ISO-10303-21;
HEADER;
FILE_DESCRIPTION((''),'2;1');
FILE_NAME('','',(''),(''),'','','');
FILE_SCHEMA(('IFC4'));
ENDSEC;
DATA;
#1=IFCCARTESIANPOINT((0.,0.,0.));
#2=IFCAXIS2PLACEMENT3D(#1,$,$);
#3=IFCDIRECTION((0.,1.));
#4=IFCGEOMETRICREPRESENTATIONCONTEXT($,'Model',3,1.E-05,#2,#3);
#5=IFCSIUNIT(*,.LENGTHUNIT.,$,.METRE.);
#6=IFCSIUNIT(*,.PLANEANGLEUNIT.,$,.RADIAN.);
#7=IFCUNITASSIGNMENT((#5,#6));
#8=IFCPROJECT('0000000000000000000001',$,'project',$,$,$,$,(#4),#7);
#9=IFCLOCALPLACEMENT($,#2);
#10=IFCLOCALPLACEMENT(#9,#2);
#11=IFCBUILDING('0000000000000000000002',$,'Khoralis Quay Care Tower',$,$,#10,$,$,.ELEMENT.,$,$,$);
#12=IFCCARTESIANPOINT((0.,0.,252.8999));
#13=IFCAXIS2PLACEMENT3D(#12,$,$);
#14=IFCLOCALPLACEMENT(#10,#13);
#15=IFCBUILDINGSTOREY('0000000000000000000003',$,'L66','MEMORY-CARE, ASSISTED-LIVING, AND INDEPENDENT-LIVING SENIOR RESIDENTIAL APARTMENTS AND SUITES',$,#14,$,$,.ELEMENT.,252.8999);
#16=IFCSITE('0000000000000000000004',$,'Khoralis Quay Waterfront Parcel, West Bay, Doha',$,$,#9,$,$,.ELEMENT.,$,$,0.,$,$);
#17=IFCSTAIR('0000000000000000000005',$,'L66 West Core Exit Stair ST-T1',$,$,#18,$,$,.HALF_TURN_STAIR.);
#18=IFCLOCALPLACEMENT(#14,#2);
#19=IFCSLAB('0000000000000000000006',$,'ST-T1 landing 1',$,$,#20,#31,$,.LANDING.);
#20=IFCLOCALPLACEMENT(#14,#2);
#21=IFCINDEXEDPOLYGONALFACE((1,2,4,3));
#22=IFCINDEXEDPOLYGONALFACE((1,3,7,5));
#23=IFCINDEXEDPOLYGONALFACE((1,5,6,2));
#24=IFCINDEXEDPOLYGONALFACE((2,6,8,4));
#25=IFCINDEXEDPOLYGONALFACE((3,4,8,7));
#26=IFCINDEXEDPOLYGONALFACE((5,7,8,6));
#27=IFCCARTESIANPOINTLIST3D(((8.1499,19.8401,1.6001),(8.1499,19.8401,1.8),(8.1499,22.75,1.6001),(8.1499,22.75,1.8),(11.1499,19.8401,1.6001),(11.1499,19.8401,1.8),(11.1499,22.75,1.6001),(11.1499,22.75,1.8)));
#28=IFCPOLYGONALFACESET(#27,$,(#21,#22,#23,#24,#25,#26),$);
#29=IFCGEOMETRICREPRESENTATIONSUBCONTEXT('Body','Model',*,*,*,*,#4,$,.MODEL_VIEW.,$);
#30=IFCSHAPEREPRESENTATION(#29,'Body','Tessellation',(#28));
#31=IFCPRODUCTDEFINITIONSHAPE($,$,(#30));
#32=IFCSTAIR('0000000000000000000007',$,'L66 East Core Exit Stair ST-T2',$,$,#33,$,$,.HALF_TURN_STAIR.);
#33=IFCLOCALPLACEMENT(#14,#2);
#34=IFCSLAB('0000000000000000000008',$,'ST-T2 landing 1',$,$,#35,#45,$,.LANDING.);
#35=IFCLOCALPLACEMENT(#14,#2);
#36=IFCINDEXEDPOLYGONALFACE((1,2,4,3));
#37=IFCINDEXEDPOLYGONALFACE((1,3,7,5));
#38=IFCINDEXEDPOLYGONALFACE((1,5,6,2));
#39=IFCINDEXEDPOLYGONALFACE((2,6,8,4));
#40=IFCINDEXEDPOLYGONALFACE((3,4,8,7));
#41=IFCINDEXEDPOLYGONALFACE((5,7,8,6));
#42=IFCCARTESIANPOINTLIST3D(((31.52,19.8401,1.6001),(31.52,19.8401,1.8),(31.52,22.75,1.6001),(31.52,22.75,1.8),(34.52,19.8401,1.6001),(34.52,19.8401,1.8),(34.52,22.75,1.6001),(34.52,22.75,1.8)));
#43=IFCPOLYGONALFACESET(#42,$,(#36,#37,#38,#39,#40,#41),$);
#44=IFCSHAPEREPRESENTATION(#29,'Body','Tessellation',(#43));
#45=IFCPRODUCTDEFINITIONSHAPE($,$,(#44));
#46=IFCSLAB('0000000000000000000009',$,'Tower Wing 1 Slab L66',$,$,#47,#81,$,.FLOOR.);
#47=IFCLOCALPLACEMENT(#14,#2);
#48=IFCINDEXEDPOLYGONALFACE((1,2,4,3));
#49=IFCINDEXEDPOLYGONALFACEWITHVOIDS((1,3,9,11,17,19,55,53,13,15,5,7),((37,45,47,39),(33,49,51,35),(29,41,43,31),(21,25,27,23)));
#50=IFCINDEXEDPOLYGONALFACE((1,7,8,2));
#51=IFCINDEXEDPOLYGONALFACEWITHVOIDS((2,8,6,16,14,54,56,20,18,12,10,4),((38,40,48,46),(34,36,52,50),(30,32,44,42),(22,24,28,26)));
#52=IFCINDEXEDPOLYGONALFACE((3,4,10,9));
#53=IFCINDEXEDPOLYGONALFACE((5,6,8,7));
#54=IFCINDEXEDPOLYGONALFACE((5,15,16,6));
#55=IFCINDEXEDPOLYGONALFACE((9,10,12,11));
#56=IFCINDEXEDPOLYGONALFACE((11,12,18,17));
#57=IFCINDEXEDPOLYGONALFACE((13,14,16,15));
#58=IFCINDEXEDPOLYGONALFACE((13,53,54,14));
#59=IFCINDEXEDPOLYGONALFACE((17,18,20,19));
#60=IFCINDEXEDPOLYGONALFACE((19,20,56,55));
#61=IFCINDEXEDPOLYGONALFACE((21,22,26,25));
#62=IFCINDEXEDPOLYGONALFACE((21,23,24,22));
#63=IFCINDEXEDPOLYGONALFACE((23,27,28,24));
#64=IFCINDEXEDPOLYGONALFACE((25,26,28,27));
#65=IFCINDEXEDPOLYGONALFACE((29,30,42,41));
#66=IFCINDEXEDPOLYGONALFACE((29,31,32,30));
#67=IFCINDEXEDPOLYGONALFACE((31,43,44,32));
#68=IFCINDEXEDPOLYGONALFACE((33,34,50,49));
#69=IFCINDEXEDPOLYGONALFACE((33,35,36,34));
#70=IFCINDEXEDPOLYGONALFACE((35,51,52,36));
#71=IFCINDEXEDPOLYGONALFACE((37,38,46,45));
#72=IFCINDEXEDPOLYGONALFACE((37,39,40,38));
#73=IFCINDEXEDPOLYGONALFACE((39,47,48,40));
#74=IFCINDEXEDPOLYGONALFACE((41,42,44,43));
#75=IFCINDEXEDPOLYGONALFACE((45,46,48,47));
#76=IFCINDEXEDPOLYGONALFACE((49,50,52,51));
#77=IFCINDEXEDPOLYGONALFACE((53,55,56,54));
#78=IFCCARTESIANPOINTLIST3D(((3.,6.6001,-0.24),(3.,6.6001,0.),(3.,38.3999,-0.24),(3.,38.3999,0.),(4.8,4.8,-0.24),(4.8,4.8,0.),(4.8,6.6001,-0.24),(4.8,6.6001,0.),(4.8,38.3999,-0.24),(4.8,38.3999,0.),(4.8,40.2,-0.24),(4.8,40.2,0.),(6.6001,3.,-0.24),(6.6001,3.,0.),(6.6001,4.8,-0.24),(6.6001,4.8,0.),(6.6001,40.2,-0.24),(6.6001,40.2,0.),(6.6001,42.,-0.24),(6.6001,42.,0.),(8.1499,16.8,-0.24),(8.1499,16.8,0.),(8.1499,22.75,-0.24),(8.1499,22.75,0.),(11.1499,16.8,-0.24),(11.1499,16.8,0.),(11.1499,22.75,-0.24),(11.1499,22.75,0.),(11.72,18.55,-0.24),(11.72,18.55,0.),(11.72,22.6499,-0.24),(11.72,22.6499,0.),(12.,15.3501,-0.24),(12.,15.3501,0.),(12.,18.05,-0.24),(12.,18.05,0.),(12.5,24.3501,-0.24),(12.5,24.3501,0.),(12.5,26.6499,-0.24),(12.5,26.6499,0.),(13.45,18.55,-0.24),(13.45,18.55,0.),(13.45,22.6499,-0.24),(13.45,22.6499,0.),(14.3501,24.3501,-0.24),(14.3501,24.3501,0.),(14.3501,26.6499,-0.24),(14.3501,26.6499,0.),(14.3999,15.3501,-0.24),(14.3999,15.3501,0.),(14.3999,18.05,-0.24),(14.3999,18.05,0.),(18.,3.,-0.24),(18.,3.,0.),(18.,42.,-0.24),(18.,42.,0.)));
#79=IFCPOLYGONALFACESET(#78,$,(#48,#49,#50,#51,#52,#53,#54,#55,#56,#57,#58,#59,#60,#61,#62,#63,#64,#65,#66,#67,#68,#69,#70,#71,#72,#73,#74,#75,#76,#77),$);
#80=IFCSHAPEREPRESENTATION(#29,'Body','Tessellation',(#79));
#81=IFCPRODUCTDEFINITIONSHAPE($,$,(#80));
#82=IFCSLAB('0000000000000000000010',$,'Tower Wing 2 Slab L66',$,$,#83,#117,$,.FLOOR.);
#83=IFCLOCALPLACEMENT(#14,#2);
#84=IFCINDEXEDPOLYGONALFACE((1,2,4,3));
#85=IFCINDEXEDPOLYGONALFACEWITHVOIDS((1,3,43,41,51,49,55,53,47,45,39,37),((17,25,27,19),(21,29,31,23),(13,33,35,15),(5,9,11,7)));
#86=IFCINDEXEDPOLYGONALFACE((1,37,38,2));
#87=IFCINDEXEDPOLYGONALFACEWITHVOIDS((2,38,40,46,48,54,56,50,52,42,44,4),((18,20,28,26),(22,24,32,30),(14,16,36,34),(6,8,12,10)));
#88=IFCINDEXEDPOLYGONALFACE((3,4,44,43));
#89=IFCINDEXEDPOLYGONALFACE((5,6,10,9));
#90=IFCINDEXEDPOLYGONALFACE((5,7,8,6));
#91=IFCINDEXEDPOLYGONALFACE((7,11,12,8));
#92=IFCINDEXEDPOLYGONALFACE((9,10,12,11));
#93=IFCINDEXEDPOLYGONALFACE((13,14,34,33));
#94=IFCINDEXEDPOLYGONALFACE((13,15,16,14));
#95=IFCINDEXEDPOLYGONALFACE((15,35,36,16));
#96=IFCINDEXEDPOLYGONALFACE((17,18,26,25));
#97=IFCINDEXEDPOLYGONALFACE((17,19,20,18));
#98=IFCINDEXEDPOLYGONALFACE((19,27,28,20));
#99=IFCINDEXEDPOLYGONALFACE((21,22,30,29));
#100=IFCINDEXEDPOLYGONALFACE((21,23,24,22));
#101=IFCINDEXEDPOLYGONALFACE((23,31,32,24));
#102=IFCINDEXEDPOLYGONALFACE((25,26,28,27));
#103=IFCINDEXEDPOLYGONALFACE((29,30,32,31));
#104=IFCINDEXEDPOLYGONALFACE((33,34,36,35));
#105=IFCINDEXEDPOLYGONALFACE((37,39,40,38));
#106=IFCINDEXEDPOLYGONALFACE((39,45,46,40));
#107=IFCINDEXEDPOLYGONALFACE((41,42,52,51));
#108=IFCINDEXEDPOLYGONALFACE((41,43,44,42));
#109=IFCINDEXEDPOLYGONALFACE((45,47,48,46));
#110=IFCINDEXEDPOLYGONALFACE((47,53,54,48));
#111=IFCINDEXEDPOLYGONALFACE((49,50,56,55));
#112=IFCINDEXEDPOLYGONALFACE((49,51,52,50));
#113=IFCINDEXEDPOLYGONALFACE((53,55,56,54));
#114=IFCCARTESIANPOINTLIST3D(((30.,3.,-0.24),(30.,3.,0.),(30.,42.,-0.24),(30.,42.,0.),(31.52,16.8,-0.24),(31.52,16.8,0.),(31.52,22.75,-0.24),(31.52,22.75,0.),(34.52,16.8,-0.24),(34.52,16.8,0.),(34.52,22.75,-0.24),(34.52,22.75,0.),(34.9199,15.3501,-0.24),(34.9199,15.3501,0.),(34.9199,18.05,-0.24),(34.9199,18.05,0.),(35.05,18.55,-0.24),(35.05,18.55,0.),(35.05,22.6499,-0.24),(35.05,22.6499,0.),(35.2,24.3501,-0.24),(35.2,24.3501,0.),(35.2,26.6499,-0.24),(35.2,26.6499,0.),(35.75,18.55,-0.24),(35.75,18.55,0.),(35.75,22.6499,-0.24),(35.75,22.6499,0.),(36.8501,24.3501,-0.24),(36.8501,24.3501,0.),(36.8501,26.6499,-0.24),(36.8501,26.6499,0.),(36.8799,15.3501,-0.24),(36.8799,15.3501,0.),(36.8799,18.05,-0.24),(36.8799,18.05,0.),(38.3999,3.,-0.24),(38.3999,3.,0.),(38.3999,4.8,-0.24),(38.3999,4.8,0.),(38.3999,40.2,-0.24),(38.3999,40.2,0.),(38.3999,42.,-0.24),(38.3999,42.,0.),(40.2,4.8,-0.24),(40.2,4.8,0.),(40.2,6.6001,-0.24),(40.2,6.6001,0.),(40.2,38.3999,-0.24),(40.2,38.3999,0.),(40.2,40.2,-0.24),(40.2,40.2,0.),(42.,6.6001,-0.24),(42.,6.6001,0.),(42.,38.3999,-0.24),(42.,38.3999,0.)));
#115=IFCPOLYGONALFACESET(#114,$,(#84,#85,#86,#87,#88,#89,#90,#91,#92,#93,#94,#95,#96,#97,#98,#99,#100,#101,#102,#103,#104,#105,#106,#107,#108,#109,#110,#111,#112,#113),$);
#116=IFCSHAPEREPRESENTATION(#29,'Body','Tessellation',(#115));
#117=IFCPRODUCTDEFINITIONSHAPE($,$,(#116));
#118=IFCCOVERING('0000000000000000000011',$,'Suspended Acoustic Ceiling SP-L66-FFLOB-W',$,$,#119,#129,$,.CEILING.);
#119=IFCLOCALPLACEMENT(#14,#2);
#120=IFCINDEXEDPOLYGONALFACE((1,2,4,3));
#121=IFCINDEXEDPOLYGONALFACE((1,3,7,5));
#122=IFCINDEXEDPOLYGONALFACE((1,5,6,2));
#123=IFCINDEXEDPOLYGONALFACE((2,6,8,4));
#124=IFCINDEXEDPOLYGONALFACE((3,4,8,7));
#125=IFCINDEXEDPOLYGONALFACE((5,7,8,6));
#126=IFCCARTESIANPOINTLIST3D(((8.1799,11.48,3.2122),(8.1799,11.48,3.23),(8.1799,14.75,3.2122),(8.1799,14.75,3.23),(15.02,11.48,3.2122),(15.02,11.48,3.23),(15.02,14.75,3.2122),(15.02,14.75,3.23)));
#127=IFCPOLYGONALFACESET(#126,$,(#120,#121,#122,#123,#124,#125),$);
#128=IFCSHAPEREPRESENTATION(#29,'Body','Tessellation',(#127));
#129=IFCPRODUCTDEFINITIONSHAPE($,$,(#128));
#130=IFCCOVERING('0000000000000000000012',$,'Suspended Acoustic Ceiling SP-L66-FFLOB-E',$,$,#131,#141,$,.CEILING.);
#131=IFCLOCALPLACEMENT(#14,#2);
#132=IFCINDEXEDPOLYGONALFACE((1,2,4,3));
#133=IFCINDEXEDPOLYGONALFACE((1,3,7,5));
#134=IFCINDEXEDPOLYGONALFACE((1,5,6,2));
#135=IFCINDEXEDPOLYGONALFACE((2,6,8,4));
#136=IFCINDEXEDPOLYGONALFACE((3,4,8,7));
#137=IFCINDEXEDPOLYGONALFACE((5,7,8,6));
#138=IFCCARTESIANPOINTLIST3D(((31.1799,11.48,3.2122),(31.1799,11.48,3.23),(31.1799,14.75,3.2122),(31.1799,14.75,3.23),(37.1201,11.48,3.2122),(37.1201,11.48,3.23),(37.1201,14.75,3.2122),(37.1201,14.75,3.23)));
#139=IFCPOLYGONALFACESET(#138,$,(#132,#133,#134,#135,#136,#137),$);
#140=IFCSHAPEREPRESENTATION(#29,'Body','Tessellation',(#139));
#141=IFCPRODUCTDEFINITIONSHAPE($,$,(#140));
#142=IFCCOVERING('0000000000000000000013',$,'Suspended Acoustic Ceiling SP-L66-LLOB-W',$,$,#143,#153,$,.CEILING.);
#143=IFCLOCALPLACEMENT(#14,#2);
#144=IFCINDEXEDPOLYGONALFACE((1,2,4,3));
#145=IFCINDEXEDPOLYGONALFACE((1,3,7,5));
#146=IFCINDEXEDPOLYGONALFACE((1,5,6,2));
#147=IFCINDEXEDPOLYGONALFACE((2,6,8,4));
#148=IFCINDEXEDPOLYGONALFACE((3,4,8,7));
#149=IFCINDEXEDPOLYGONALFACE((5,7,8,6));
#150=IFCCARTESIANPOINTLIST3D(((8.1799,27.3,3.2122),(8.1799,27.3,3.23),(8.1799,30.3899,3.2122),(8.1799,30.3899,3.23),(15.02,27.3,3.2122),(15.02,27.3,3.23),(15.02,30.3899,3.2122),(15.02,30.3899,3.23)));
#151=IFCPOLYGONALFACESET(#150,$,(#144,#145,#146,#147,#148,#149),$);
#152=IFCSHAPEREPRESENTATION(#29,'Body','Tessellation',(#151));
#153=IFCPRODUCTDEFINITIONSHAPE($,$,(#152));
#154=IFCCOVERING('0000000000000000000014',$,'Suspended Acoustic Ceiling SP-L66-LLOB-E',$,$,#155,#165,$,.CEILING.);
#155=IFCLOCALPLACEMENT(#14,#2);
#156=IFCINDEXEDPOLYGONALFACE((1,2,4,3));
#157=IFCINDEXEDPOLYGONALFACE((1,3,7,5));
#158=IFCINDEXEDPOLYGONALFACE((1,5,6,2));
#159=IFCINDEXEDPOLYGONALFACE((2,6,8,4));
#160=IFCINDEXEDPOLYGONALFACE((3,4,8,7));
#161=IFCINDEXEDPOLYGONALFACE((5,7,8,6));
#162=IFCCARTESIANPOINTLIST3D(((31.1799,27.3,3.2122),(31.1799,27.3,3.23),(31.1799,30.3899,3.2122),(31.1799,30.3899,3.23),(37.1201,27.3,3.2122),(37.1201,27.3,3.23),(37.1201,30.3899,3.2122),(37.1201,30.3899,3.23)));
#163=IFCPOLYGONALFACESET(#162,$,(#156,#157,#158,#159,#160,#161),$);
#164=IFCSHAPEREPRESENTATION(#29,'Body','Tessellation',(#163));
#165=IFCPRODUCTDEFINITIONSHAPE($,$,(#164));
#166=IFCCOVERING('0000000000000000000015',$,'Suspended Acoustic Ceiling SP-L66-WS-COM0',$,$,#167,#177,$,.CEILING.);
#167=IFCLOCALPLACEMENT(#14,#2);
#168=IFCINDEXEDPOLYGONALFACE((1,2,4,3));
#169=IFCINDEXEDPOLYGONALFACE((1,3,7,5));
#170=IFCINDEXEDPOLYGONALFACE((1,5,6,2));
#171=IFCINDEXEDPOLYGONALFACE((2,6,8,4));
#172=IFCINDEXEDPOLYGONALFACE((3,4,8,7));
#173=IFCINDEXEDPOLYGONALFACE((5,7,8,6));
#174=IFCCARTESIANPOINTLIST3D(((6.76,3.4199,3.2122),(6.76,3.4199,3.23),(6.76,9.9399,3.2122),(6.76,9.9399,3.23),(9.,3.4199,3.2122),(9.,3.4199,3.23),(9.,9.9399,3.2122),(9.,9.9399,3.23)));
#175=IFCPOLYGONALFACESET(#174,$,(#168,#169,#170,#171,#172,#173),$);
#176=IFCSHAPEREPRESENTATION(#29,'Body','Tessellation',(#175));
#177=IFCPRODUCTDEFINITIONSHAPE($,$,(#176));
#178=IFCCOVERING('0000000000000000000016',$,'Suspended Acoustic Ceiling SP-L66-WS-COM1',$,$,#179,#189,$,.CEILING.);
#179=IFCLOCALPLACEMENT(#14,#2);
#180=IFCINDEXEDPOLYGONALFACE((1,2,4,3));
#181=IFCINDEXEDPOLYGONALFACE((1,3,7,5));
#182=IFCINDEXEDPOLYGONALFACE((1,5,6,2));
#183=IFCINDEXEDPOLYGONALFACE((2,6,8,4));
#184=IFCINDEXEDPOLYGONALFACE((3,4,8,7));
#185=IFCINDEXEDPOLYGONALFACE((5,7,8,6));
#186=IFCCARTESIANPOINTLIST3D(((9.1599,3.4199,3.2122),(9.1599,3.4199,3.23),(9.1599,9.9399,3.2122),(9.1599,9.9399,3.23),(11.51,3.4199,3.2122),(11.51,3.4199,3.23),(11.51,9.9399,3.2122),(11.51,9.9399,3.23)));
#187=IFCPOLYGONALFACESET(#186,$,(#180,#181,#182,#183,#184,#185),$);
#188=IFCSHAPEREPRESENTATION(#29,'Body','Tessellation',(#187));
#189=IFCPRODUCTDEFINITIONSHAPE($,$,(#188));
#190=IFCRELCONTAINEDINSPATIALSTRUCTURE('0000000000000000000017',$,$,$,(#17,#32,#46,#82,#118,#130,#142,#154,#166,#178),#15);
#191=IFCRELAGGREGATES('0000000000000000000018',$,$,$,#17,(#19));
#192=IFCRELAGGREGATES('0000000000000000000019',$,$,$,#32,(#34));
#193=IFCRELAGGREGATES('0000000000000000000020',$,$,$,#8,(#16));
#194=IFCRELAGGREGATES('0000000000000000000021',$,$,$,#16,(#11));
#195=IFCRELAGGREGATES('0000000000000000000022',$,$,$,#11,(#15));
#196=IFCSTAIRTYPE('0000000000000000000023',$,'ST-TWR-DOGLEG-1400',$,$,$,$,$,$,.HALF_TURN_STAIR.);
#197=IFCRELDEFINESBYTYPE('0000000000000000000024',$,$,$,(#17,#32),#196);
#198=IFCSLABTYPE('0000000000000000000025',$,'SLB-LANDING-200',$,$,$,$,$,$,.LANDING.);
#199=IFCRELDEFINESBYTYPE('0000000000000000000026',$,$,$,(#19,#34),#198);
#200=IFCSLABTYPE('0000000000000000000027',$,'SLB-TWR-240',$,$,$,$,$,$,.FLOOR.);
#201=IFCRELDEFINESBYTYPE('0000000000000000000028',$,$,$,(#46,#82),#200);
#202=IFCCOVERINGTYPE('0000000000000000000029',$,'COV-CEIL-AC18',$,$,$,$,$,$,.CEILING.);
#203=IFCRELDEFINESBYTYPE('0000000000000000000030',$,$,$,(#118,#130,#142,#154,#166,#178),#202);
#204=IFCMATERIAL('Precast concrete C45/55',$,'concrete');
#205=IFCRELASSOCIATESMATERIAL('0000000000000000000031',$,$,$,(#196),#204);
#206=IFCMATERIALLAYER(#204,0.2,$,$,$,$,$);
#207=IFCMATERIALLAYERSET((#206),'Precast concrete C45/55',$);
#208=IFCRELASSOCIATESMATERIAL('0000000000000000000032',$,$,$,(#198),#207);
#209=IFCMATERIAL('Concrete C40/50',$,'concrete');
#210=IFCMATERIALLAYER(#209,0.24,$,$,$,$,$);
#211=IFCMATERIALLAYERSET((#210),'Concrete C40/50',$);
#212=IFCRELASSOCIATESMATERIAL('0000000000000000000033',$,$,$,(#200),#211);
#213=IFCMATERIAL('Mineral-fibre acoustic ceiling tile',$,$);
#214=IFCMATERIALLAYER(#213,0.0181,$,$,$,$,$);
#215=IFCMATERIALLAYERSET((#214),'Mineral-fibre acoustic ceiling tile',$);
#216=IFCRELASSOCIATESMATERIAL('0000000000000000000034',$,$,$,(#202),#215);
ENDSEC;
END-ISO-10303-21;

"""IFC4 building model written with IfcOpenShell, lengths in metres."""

from ifc_helpers import new_model, si_unit, direction, frame, origin, place, context, subcontext, project, spatial, polyline, outline, extrude, material, layer, layer_set, type_object, element, aggregate, save


model = new_model("IFC4")

# Units and contexts
model_context = context("Model", 3, precision=1e-05, world=origin(), true_north=direction((0.0, 1.0)))
body_context = subcontext(model_context, "Body", "Model", "MODEL_VIEW")
ifc_project = project(units=[si_unit("LENGTHUNIT", "METRE"), si_unit("PLANEANGLEUNIT", "RADIAN")], contexts=[model_context])

# Site, building, storey
site_placement = place(None, origin())
site = spatial("IfcSite", under=ifc_project, at=site_placement, Name="Khoralis Quay Waterfront Parcel, West Bay, Doha", CompositionType="ELEMENT", RefElevation=0.0)
building_placement = place(site_placement, origin())
building = spatial("IfcBuilding", under=site, at=building_placement, Name="Khoralis Quay Care Tower", CompositionType="ELEMENT")
storey_placement = place(building_placement, frame((0.0, 0.0, 252.8999)))
storey = spatial("IfcBuildingStorey", under=building, at=storey_placement, Name="L66", Description="MEMORY-CARE, ASSISTED-LIVING, AND INDEPENDENT-LIVING SENIOR RESIDENTIAL APARTMENTS AND SUITES", CompositionType="ELEMENT", Elevation=252.8999)

# Stairs, slabs
ifc_material_1 = material(Name="Precast concrete C45/55", Category="concrete")
stair_type = type_object("IfcStairType", Name="ST-TWR-DOGLEG-1400", PredefinedType="HALF_TURN_STAIR", material=ifc_material_1)
stair_1_placement = place(storey_placement, origin())
stair_1 = element("IfcStair", 1, at=stair_1_placement, inside=storey, type_object=stair_type, Name="L66 West Core Exit Stair ST-T1", PredefinedType="HALF_TURN_STAIR")
ifc_layer_1 = layer(ifc_material_1, 0.2)
ifc_layer_set_1 = layer_set([ifc_layer_1], Name="Precast concrete C45/55")
slab_type_1 = type_object("IfcSlabType", Name="SLB-LANDING-200", PredefinedType="LANDING", material=ifc_layer_set_1)
slab_1_placement = place(storey_placement, frame((0.0, 0.0, 1.6001)))
slab_1 = element("IfcSlab", 2, at=slab_1_placement, type_object=slab_type_1, Name="ST-T1 landing 1", PredefinedType="LANDING", context=body_context, shape_type="SweptSolid", body=[
    extrude(outline(polyline([(11.1499, 19.8401), (11.1499, 22.75), (8.1499, 22.75), (8.1499, 19.8401), (11.1499, 19.8401)])), origin(), (0.0, 0.0, 1.0), 0.2),
])
aggregate(stair_1, [slab_1])
stair_2_placement = place(storey_placement, origin())
stair_2 = element("IfcStair", 3, at=stair_2_placement, inside=storey, type_object=stair_type, Name="L66 East Core Exit Stair ST-T2", PredefinedType="HALF_TURN_STAIR")
slab_2_placement = place(storey_placement, frame((0.0, 0.0, 1.6001)))
slab_2 = element("IfcSlab", 4, at=slab_2_placement, type_object=slab_type_1, Name="ST-T2 landing 1", PredefinedType="LANDING", context=body_context, shape_type="SweptSolid", body=[
    extrude(outline(polyline([(34.52, 19.8401), (34.52, 22.75), (31.52, 22.75), (31.52, 19.8401), (34.52, 19.8401)])), origin(), (0.0, 0.0, 1.0), 0.2),
])
aggregate(stair_2, [slab_2])

# Slabs
ifc_material_2 = material(Name="Concrete C40/50", Category="concrete")
ifc_layer_2 = layer(ifc_material_2, 0.24)
ifc_layer_set_2 = layer_set([ifc_layer_2], Name="Concrete C40/50")
slab_type_2 = type_object("IfcSlabType", Name="SLB-TWR-240", PredefinedType="FLOOR", material=ifc_layer_set_2)
slab_3_placement = place(storey_placement, frame((0.0, 0.0, -0.24)))
element("IfcSlab", 5, at=slab_3_placement, inside=storey, type_object=slab_type_2, Name="Tower Wing 1 Slab L66", PredefinedType="FLOOR", context=body_context, shape_type="SweptSolid", body=[
    extrude(outline(polyline([(6.6001, 3.0), (18.0, 3.0), (18.0, 42.0), (6.6001, 42.0), (6.6001, 40.2), (4.8, 40.2), (4.8, 38.3999), (3.0, 38.3999), (3.0, 6.6001), (4.8, 6.6001), (4.8, 4.8), (6.6001, 4.8), (6.6001, 3.0)]), holes=[polyline([(11.1499, 16.8), (11.1499, 22.75), (8.1499, 22.75), (8.1499, 16.8), (11.1499, 16.8)]), polyline([(12.0, 15.3501), (14.3999, 15.3501), (14.3999, 18.05), (12.0, 18.05), (12.0, 15.3501)]), polyline([(12.5, 24.3501), (14.3501, 24.3501), (14.3501, 26.6499), (12.5, 26.6499), (12.5, 24.3501)]), polyline([(11.72, 18.55), (13.45, 18.55), (13.45, 22.6499), (11.72, 22.6499), (11.72, 18.55)])]), origin(), (0.0, 0.0, 1.0), 0.24),
])
slab_4_placement = place(storey_placement, frame((0.0, 0.0, -0.24)))
element("IfcSlab", 6, at=slab_4_placement, inside=storey, type_object=slab_type_2, Name="Tower Wing 2 Slab L66", PredefinedType="FLOOR", context=body_context, shape_type="SweptSolid", body=[
    extrude(outline(polyline([(30.0, 3.0), (38.3999, 3.0), (38.3999, 4.8), (40.2, 4.8), (40.2, 6.6001), (42.0, 6.6001), (42.0, 38.3999), (40.2, 38.3999), (40.2, 40.2), (38.3999, 40.2), (38.3999, 42.0), (30.0, 42.0), (30.0, 3.0)]), holes=[polyline([(34.52, 16.8), (34.52, 22.75), (31.52, 22.75), (31.52, 16.8), (34.52, 16.8)]), polyline([(34.9199, 15.3501), (36.8799, 15.3501), (36.8799, 18.05), (34.9199, 18.05), (34.9199, 15.3501)]), polyline([(35.2, 24.3501), (36.8501, 24.3501), (36.8501, 26.6499), (35.2, 26.6499), (35.2, 24.3501)]), polyline([(35.05, 18.55), (35.75, 18.55), (35.75, 22.6499), (35.05, 22.6499), (35.05, 18.55)])]), origin(), (0.0, 0.0, 1.0), 0.24),
])

# Coverings
ifc_material_3 = material(Name="Mineral-fibre acoustic ceiling tile")
ifc_layer_3 = layer(ifc_material_3, 0.0181)
ifc_layer_set_3 = layer_set([ifc_layer_3], Name="Mineral-fibre acoustic ceiling tile")
covering_type_1 = type_object("IfcCoveringType", Name="COV-CEIL-AC18", PredefinedType="CEILING", material=ifc_layer_set_3)
covering_1_placement = place(storey_placement, frame((0.0, 0.0, 3.2122)))
element("IfcCovering", 7, at=covering_1_placement, inside=storey, type_object=covering_type_1, Name="Suspended Acoustic Ceiling SP-L66-FFLOB-W", PredefinedType="CEILING", context=body_context, shape_type="SweptSolid", body=[
    extrude(outline(polyline([(8.1799, 11.48), (15.02, 11.48), (15.02, 14.75), (8.1799, 14.75), (8.1799, 11.48)])), origin(), (0.0, 0.0, 1.0), 0.0178),
])
covering_2_placement = place(storey_placement, frame((0.0, 0.0, 3.2122)))
element("IfcCovering", 8, at=covering_2_placement, inside=storey, type_object=covering_type_1, Name="Suspended Acoustic Ceiling SP-L66-FFLOB-E", PredefinedType="CEILING", context=body_context, shape_type="SweptSolid", body=[
    extrude(outline(polyline([(31.1799, 11.48), (37.1201, 11.48), (37.1201, 14.75), (31.1799, 14.75), (31.1799, 11.48)])), origin(), (0.0, 0.0, 1.0), 0.0178),
])
covering_3_placement = place(storey_placement, frame((0.0, 0.0, 3.2122)))
element("IfcCovering", 9, at=covering_3_placement, inside=storey, type_object=covering_type_1, Name="Suspended Acoustic Ceiling SP-L66-LLOB-W", PredefinedType="CEILING", context=body_context, shape_type="SweptSolid", body=[
    extrude(outline(polyline([(8.1799, 27.3), (15.02, 27.3), (15.02, 30.3899), (8.1799, 30.3899), (8.1799, 27.3)])), origin(), (0.0, 0.0, 1.0), 0.0178),
])
covering_4_placement = place(storey_placement, frame((0.0, 0.0, 3.2122)))
element("IfcCovering", 10, at=covering_4_placement, inside=storey, type_object=covering_type_1, Name="Suspended Acoustic Ceiling SP-L66-LLOB-E", PredefinedType="CEILING", context=body_context, shape_type="SweptSolid", body=[
    extrude(outline(polyline([(31.1799, 27.3), (37.1201, 27.3), (37.1201, 30.3899), (31.1799, 30.3899), (31.1799, 27.3)])), origin(), (0.0, 0.0, 1.0), 0.0178),
])
covering_5_placement = place(storey_placement, frame((0.0, 0.0, 3.2122)))
element("IfcCovering", 11, at=covering_5_placement, inside=storey, type_object=covering_type_1, Name="Suspended Acoustic Ceiling SP-L66-WS-COM0", PredefinedType="CEILING", context=body_context, shape_type="SweptSolid", body=[
    extrude(outline(polyline([(6.76, 3.4199), (9.0, 3.4199), (9.0, 9.9399), (6.76, 9.9399), (6.76, 3.4199)])), origin(), (0.0, 0.0, 1.0), 0.0178),
])
covering_6_placement = place(storey_placement, frame((0.0, 0.0, 3.2122)))
element("IfcCovering", 12, at=covering_6_placement, inside=storey, type_object=covering_type_1, Name="Suspended Acoustic Ceiling SP-L66-WS-COM1", PredefinedType="CEILING", context=body_context, shape_type="SweptSolid", body=[
    extrude(outline(polyline([(9.1599, 3.4199), (11.51, 3.4199), (11.51, 9.9399), (9.1599, 9.9399), (9.1599, 3.4199)])), origin(), (0.0, 0.0, 1.0), 0.0178),
])

save(model, "model.ifc")
